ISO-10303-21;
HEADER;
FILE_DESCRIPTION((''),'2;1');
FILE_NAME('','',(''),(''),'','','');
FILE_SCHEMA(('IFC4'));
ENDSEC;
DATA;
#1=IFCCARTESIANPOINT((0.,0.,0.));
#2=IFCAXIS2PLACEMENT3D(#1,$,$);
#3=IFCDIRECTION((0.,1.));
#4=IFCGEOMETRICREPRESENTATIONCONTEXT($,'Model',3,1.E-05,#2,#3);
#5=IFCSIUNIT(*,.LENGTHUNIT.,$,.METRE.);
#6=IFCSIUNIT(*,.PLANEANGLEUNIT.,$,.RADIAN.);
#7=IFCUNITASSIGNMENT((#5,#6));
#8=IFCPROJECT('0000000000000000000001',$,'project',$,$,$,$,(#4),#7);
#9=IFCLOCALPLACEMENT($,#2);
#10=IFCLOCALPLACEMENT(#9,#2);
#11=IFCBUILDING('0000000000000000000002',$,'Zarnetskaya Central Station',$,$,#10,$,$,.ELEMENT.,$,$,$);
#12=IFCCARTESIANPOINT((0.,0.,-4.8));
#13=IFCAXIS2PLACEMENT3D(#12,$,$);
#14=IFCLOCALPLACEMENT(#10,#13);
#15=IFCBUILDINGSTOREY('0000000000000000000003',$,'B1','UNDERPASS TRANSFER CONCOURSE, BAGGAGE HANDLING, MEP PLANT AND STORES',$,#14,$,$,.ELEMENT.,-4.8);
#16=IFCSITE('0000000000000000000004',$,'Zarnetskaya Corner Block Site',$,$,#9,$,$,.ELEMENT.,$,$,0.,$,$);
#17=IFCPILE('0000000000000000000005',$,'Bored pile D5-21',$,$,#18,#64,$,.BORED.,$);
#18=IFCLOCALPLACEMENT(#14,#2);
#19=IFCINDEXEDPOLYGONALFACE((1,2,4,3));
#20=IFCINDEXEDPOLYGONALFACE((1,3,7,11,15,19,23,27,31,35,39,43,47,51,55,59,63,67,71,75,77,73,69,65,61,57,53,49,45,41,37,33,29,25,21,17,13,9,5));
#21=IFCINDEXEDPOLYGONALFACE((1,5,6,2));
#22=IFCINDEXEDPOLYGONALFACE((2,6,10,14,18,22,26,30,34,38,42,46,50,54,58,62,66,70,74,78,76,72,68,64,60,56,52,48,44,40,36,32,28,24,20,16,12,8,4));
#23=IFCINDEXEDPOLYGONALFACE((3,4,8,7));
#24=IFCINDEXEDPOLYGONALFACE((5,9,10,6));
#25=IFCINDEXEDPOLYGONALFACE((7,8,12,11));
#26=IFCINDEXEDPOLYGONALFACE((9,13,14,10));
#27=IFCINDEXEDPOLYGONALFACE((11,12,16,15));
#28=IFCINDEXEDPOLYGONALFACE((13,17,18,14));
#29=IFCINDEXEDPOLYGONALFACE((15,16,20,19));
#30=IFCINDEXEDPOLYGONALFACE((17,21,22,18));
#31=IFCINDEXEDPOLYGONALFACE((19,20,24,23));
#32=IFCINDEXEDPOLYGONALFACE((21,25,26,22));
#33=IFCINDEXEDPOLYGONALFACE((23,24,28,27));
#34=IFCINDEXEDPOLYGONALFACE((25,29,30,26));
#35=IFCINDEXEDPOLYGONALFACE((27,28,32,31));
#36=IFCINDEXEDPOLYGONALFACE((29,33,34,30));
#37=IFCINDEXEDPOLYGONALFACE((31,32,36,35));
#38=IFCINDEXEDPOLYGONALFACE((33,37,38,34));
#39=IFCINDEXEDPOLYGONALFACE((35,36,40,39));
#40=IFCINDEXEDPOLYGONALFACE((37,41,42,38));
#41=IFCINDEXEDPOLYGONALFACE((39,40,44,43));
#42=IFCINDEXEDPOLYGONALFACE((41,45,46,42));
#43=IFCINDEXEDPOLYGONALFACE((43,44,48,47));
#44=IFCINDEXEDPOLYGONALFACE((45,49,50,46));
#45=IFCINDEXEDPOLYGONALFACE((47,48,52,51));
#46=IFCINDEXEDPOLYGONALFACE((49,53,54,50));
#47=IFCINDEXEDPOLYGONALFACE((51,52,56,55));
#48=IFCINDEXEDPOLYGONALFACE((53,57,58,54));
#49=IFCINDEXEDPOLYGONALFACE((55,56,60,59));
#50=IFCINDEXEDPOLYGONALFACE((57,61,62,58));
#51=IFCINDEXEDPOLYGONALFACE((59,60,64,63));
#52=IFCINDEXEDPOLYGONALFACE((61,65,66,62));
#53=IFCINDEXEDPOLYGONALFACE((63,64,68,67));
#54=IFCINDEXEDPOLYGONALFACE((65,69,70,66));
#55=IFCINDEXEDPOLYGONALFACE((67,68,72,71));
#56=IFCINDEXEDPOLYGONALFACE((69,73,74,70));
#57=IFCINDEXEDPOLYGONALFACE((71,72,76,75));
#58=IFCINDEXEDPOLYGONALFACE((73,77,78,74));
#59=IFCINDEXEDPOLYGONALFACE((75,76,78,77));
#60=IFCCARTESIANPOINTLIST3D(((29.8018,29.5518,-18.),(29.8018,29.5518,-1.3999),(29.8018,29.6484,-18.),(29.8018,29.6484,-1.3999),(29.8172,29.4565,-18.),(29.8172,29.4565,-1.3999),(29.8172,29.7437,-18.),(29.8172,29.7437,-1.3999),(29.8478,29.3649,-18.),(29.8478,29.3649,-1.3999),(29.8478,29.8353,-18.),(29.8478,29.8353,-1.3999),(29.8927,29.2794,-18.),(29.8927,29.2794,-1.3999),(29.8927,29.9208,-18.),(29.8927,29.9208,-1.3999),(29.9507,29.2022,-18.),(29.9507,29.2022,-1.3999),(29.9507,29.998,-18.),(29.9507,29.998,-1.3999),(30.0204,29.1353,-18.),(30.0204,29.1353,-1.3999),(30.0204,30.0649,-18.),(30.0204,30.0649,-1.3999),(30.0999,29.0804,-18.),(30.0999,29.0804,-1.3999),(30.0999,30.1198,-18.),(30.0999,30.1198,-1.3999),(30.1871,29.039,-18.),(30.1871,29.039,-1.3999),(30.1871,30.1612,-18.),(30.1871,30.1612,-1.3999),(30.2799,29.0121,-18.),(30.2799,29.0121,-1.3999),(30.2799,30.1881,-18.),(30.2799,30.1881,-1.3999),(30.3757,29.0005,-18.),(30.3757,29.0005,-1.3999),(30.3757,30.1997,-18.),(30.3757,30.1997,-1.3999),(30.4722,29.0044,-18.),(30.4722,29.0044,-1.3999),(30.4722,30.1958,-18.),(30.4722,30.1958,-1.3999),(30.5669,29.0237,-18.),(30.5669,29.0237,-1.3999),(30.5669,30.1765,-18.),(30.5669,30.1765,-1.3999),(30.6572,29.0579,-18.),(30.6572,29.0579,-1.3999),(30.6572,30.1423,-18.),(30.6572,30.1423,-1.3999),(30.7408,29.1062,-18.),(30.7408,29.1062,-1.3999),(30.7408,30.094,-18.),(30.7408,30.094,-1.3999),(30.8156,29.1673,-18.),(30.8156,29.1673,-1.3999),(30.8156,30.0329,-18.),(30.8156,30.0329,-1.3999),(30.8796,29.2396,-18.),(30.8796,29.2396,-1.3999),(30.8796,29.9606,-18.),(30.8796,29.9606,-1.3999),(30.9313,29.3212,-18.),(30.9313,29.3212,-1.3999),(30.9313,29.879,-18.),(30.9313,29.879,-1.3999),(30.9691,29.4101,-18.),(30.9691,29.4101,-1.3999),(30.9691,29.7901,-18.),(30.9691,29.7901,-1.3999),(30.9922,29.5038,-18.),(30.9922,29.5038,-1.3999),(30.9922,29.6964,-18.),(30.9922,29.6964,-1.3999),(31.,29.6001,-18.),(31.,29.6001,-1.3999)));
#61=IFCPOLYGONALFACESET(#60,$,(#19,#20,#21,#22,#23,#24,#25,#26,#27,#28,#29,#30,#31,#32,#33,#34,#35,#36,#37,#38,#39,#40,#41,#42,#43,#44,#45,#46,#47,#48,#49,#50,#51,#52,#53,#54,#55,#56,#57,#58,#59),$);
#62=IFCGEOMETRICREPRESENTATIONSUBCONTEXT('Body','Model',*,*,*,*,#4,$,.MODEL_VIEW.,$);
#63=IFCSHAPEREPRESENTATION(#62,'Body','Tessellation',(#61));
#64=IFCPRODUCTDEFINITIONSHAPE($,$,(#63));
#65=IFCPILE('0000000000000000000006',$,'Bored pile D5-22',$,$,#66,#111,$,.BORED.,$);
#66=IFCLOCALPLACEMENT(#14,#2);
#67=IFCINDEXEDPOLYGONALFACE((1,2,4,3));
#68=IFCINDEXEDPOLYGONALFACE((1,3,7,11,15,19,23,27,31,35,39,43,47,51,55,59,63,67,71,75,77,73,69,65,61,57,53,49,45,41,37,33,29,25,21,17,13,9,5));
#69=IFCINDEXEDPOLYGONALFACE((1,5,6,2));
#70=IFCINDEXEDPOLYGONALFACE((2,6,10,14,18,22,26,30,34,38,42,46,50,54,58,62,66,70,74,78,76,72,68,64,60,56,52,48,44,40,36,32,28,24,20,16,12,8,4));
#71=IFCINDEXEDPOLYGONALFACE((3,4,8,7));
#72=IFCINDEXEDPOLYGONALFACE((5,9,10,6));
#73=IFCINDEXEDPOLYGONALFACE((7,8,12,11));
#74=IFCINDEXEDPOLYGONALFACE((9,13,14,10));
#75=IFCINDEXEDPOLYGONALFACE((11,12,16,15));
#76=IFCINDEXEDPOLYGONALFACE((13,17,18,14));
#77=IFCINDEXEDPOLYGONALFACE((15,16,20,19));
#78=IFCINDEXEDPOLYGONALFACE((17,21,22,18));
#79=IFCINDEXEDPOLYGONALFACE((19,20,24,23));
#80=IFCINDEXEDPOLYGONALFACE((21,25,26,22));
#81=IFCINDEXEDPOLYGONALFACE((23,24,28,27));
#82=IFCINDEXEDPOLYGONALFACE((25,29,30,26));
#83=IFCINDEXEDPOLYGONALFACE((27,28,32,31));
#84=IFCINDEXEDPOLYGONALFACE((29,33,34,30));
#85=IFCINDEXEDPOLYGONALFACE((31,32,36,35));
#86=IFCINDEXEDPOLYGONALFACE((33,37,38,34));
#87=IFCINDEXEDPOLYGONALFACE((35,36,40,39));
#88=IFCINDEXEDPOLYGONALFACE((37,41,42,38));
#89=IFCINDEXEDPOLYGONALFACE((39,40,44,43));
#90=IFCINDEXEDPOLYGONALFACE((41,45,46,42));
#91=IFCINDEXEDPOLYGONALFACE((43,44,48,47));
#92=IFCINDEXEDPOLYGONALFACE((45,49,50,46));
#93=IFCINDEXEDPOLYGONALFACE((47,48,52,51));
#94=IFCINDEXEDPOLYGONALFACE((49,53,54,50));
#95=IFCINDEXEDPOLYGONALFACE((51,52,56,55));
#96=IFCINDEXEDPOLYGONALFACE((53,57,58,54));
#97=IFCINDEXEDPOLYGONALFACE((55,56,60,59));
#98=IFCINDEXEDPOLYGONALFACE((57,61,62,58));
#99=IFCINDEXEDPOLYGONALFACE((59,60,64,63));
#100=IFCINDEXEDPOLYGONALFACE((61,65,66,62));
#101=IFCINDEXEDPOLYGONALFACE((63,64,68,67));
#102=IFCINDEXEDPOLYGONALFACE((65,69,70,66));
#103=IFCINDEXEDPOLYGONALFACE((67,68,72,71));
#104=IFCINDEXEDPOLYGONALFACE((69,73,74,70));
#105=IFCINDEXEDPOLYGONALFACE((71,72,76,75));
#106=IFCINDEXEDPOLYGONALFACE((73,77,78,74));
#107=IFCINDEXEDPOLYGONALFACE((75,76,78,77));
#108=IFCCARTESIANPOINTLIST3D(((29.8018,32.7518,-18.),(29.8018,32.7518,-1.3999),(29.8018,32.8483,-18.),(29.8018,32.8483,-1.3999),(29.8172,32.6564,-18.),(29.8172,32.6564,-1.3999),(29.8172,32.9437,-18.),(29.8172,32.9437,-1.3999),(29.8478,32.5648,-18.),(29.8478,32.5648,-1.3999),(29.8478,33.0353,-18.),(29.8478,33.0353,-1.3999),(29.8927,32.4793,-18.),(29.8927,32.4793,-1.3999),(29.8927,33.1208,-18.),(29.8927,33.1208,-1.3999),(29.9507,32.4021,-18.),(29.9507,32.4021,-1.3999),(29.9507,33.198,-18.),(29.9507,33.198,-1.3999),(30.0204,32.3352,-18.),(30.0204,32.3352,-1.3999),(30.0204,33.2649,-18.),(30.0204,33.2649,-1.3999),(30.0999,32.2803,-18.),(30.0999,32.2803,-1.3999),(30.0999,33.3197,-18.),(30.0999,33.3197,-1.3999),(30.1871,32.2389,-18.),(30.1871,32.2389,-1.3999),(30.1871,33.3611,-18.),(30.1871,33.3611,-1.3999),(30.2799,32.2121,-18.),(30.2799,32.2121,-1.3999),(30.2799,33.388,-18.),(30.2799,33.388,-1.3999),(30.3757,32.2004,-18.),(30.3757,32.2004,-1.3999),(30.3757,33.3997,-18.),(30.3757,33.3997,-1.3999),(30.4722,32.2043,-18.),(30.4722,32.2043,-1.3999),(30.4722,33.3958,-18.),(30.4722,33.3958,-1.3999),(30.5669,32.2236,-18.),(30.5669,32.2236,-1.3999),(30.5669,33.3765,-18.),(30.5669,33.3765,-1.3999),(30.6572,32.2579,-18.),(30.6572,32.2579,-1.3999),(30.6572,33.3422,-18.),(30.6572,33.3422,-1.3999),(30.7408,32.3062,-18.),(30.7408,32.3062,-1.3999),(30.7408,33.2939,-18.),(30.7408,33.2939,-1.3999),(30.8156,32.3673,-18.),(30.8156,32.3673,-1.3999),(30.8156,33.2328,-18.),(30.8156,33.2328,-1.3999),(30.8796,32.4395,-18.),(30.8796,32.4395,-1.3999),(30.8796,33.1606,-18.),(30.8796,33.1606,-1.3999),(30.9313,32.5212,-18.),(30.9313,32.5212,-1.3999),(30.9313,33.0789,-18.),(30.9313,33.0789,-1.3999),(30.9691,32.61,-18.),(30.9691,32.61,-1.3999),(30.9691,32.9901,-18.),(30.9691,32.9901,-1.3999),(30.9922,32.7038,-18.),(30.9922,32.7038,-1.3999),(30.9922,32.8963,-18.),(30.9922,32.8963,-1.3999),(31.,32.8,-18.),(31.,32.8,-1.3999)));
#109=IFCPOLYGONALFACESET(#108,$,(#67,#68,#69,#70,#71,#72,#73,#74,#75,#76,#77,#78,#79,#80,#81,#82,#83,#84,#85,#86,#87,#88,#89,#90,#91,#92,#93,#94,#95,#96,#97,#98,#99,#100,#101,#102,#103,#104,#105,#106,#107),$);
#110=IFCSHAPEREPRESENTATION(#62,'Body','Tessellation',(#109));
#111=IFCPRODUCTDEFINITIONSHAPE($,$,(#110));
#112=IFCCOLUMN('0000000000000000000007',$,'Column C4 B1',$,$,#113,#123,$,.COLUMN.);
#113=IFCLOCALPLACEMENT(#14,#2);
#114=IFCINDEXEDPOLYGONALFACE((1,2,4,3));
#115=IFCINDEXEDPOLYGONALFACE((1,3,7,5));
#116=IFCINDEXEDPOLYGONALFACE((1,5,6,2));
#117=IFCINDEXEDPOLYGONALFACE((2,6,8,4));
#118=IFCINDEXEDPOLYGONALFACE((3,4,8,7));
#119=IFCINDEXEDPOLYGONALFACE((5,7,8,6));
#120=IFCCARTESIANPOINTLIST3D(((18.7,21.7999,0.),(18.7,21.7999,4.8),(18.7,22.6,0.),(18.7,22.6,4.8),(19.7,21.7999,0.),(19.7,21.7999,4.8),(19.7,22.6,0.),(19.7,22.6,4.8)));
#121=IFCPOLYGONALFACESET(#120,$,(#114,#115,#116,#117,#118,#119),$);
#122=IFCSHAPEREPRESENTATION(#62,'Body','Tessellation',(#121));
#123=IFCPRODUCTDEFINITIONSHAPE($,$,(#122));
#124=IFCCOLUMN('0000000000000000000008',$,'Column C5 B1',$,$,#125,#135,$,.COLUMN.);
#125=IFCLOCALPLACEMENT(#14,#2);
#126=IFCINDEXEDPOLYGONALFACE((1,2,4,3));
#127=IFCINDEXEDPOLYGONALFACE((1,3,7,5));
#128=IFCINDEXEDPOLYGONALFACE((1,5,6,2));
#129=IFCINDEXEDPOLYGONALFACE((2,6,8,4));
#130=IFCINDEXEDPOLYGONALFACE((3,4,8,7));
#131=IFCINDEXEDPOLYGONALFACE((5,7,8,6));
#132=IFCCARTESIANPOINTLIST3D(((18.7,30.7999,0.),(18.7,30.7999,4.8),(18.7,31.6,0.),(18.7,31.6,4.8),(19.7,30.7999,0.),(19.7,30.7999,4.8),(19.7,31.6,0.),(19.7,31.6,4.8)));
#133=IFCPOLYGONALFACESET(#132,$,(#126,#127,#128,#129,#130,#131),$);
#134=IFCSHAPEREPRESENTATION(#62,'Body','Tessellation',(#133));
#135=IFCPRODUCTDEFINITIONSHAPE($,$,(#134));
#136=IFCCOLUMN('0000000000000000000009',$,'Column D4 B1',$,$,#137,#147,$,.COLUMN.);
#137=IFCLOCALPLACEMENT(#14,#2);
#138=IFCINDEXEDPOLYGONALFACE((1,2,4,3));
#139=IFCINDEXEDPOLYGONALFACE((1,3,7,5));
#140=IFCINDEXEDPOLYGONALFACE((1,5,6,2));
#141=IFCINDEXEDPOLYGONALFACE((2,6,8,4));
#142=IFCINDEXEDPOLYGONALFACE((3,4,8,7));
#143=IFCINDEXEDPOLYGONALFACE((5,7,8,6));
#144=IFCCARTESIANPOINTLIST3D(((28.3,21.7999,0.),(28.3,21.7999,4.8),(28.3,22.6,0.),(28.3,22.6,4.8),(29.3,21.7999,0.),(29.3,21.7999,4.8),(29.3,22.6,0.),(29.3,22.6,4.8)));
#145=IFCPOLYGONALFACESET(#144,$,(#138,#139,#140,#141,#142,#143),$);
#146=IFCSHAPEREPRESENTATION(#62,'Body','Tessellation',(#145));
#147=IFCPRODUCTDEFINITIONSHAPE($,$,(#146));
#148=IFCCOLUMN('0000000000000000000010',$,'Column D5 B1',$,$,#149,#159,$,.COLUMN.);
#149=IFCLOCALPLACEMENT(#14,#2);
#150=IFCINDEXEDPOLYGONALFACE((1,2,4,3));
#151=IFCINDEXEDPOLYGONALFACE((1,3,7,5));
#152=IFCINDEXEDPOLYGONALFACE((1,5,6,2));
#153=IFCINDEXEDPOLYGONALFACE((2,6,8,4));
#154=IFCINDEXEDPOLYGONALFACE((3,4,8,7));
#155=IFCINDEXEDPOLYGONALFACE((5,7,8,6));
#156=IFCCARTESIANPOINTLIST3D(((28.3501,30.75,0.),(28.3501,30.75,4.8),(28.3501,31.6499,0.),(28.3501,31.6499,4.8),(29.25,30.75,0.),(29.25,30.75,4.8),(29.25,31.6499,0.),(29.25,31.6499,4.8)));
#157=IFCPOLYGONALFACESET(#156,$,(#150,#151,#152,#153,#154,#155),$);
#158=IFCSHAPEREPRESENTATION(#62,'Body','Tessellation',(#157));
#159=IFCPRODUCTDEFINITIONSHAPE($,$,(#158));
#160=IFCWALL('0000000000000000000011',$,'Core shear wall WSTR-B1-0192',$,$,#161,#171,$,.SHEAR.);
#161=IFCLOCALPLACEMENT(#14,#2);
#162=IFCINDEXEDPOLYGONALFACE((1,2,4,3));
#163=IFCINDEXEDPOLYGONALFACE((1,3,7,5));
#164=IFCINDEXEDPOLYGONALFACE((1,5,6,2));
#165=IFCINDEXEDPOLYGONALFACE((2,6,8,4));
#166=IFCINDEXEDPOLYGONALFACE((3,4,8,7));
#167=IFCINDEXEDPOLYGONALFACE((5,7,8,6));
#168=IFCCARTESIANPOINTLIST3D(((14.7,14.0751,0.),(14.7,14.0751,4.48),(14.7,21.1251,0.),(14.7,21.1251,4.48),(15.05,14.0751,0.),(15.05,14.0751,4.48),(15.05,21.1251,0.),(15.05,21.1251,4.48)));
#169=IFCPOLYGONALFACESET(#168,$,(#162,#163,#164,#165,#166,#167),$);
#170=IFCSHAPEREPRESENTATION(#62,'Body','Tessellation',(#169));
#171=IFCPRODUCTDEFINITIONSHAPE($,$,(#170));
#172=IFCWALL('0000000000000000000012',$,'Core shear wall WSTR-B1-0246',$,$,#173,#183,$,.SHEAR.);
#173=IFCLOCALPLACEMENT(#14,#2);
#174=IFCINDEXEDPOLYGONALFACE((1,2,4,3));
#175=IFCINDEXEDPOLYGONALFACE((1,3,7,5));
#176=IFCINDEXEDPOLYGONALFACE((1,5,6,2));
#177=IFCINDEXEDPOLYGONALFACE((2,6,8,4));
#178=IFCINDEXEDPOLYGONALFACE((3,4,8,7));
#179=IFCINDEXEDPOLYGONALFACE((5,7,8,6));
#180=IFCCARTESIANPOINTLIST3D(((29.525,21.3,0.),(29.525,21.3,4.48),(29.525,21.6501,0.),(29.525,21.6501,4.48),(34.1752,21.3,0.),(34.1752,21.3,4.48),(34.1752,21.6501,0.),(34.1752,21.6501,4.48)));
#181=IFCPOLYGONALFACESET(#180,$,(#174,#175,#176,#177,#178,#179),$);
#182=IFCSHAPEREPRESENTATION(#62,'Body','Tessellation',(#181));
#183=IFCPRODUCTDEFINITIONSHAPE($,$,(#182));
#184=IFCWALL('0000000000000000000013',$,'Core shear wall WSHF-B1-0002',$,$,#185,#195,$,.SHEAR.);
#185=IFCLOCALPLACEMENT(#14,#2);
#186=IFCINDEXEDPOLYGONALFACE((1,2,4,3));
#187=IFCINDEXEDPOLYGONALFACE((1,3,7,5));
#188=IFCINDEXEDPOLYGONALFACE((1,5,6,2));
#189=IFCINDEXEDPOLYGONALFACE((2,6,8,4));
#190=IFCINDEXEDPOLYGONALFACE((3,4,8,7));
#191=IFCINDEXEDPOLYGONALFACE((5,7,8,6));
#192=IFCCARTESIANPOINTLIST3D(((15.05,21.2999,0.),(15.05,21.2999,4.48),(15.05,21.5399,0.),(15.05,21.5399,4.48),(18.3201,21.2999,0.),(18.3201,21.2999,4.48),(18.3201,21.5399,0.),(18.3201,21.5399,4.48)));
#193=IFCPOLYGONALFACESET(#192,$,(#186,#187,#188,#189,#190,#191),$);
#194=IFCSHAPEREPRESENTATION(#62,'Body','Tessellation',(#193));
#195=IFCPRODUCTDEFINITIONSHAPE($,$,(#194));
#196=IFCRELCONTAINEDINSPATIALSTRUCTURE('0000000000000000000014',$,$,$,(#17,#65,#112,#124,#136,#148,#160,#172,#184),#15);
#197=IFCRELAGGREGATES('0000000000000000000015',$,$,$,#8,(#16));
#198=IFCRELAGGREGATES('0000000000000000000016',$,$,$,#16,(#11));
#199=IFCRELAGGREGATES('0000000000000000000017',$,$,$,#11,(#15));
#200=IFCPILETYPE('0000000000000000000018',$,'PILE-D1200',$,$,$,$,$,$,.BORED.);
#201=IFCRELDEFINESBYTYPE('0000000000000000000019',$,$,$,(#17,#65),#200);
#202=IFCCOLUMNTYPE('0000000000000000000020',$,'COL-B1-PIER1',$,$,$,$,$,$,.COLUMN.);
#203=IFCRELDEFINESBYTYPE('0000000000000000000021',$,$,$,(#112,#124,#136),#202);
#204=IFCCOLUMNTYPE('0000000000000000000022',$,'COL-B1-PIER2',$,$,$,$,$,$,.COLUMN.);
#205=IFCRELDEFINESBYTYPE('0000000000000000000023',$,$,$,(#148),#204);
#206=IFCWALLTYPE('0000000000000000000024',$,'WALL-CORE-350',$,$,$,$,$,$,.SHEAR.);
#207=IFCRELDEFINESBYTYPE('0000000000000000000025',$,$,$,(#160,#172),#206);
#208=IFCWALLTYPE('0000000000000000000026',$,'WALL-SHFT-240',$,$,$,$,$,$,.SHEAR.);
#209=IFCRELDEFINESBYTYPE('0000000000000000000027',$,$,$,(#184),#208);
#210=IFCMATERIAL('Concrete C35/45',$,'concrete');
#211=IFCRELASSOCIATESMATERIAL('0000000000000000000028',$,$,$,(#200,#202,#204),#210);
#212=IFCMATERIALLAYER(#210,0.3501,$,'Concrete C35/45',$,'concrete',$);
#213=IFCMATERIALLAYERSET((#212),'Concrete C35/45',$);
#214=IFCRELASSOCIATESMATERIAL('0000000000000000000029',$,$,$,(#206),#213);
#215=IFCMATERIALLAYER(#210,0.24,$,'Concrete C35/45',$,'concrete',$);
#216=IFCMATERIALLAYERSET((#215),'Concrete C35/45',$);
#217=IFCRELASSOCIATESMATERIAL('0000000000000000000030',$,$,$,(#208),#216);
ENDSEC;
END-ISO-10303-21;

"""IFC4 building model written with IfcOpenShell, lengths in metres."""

from ifc_helpers import new_model, si_unit, direction, frame, frame_2d, origin, origin_2d, place, context, subcontext, project, spatial, rectangle, circle, extrude, material, layer, layer_set, material_profile, profile_set, type_object, element, save


model = new_model("IFC4")

# Units and contexts
model_context = context("Model", 3, precision=1e-05, world=origin(), true_north=direction((0.0, 1.0)))
body_context = subcontext(model_context, "Body", "Model", "MODEL_VIEW")
ifc_project = project(units=[si_unit("LENGTHUNIT", "METRE"), si_unit("PLANEANGLEUNIT", "RADIAN")], contexts=[model_context])

# Site, building, storey
site_placement = place(None, origin())
site = spatial("IfcSite", under=ifc_project, at=site_placement, Name="Zarnetskaya Corner Block Site", CompositionType="ELEMENT", RefElevation=0.0)
building_placement = place(site_placement, origin())
building = spatial("IfcBuilding", under=site, at=building_placement, Name="Zarnetskaya Central Station", CompositionType="ELEMENT")
storey_placement = place(building_placement, frame((0.0, 0.0, -4.8)))
storey = spatial("IfcBuildingStorey", under=building, at=storey_placement, Name="B1", Description="UNDERPASS TRANSFER CONCOURSE, BAGGAGE HANDLING, MEP PLANT AND STORES", CompositionType="ELEMENT", Elevation=-4.8)

# Shared definitions
ifc_material = material(Name="Concrete C35/45", Category="concrete")

# Piles
ifc_material_profile_1 = material_profile(ifc_material, circle(Radius=0.6001, at=origin_2d()), Name="BORED PILE D1200")
ifc_profile_set_1 = profile_set([ifc_material_profile_1], Name="Concrete C35/45")
pile_type = type_object("IfcPileType", Name="PILE-D1200", PredefinedType="BORED", material=ifc_profile_set_1)
for number, where, z_axis, x_axis, name in (
    (1, (30.3999, 29.6001, -1.3999), (0.0, 0.0, -1.0), (1.0, 0.0, 0.0), "Bored pile D5-21"),
    (2, (30.3999, 32.8, -1.3999), (0.0, 0.0, -1.0), (1.0, 0.0, 0.0), "Bored pile D5-22"),
):
    element("IfcPile", number, at=place(storey_placement, frame(where, z_axis=z_axis, x_axis=x_axis)), inside=storey, type_object=pile_type, Name=name, PredefinedType="BORED", context=body_context, shape_type="SweptSolid", body=[
        extrude(circle(Radius=0.6001, at=origin_2d()), origin(), (0.0, 0.0, 1.0), 16.6001),
    ])

# Columns
ifc_material_profile_2 = material_profile(ifc_material, rectangle(XDim=1.0, YDim=0.8, at=origin_2d()), Name="RC PIER 1000x800")
ifc_profile_set_2 = profile_set([ifc_material_profile_2], Name="Concrete C35/45")
column_type_1 = type_object("IfcColumnType", Name="COL-B1-PIER1", PredefinedType="COLUMN", material=ifc_profile_set_2)
for number, where, z_axis, x_axis, name in (
    (3, (19.2, 22.2, 0.0), (0.0, 0.0, 1.0), (1.0, 0.0, 0.0), "Column C4 B1"),
    (4, (19.2, 31.2, 0.0), (0.0, 0.0, 1.0), (1.0, 0.0, 0.0), "Column C5 B1"),
    (5, (28.8, 22.2, 0.0), (0.0, 0.0, 1.0), (1.0, 0.0, 0.0), "Column D4 B1"),
):
    element("IfcColumn", number, at=place(storey_placement, frame(where, z_axis=z_axis, x_axis=x_axis)), inside=storey, type_object=column_type_1, Name=name, PredefinedType="COLUMN", context=body_context, shape_type="SweptSolid", body=[
        extrude(rectangle(XDim=1.0, YDim=0.8, at=origin_2d()), origin(), (0.0, 0.0, 1.0), 4.8),
    ])
ifc_material_profile_3 = material_profile(ifc_material, rectangle(XDim=0.8999, YDim=0.8999, at=origin_2d()), Name="RC 900x900")
ifc_profile_set_3 = profile_set([ifc_material_profile_3], Name="Concrete C35/45")
column_type_2 = type_object("IfcColumnType", Name="COL-B1-PIER2", PredefinedType="COLUMN", material=ifc_profile_set_3)
column_placement = place(storey_placement, frame((28.8, 31.2, 0.0), z_axis=(0.0, 0.0, 1.0), x_axis=(1.0, 0.0, 0.0)))
element("IfcColumn", 6, at=column_placement, inside=storey, type_object=column_type_2, Name="Column D5 B1", PredefinedType="COLUMN", context=body_context, shape_type="SweptSolid", body=[
    extrude(rectangle(XDim=0.8999, YDim=0.8999, at=origin_2d()), origin(), (0.0, 0.0, 1.0), 4.8),
])

# Walls
ifc_layer_1 = layer(ifc_material, 0.3501, Name="Concrete C35/45", Category="concrete")
ifc_layer_set_1 = layer_set([ifc_layer_1], Name="Concrete C35/45")
wall_type_1 = type_object("IfcWallType", Name="WALL-CORE-350", PredefinedType="SHEAR", material=ifc_layer_set_1)
wall_1_placement = place(storey_placement, frame((14.875, 21.125, 0.0), z_axis=(0.0, 0.0, 1.0), x_axis=(0.0, -1.0, 0.0)))
element("IfcWall", 7, at=wall_1_placement, inside=storey, type_object=wall_type_1, Name="Core shear wall WSTR-B1-0192", PredefinedType="SHEAR", context=body_context, shape_type="SweptSolid", body=[
    extrude(rectangle(XDim=7.05, YDim=0.3501, at=frame_2d((3.5249, 0.0))), origin(), (0.0, 0.0, 1.0), 4.48),
])
wall_2_placement = place(storey_placement, frame((29.5249, 21.4751, 0.0), z_axis=(0.0, 0.0, 1.0), x_axis=(1.0, 0.0, 0.0)))
element("IfcWall", 8, at=wall_2_placement, inside=storey, type_object=wall_type_1, Name="Core shear wall WSTR-B1-0246", PredefinedType="SHEAR", context=body_context, shape_type="SweptSolid", body=[
    extrude(rectangle(XDim=4.6501, YDim=0.3501, at=frame_2d((2.3252, 0.0))), origin(), (0.0, 0.0, 1.0), 4.48),
])
ifc_layer_2 = layer(ifc_material, 0.24, Name="Concrete C35/45", Category="concrete")
ifc_layer_set_2 = layer_set([ifc_layer_2], Name="Concrete C35/45")
wall_type_2 = type_object("IfcWallType", Name="WALL-SHFT-240", PredefinedType="SHEAR", material=ifc_layer_set_2)
wall_3_placement = place(storey_placement, frame((15.05, 21.4199, 0.0), z_axis=(0.0, 0.0, 1.0), x_axis=(1.0, 0.0, 0.0)))
element("IfcWall", 9, at=wall_3_placement, inside=storey, type_object=wall_type_2, Name="Core shear wall WSHF-B1-0002", PredefinedType="SHEAR", context=body_context, shape_type="SweptSolid", body=[
    extrude(rectangle(XDim=3.27, YDim=0.24, at=frame_2d((1.635, 0.0))), origin(), (0.0, 0.0, 1.0), 4.48),
])

save(model, "model.ifc")
